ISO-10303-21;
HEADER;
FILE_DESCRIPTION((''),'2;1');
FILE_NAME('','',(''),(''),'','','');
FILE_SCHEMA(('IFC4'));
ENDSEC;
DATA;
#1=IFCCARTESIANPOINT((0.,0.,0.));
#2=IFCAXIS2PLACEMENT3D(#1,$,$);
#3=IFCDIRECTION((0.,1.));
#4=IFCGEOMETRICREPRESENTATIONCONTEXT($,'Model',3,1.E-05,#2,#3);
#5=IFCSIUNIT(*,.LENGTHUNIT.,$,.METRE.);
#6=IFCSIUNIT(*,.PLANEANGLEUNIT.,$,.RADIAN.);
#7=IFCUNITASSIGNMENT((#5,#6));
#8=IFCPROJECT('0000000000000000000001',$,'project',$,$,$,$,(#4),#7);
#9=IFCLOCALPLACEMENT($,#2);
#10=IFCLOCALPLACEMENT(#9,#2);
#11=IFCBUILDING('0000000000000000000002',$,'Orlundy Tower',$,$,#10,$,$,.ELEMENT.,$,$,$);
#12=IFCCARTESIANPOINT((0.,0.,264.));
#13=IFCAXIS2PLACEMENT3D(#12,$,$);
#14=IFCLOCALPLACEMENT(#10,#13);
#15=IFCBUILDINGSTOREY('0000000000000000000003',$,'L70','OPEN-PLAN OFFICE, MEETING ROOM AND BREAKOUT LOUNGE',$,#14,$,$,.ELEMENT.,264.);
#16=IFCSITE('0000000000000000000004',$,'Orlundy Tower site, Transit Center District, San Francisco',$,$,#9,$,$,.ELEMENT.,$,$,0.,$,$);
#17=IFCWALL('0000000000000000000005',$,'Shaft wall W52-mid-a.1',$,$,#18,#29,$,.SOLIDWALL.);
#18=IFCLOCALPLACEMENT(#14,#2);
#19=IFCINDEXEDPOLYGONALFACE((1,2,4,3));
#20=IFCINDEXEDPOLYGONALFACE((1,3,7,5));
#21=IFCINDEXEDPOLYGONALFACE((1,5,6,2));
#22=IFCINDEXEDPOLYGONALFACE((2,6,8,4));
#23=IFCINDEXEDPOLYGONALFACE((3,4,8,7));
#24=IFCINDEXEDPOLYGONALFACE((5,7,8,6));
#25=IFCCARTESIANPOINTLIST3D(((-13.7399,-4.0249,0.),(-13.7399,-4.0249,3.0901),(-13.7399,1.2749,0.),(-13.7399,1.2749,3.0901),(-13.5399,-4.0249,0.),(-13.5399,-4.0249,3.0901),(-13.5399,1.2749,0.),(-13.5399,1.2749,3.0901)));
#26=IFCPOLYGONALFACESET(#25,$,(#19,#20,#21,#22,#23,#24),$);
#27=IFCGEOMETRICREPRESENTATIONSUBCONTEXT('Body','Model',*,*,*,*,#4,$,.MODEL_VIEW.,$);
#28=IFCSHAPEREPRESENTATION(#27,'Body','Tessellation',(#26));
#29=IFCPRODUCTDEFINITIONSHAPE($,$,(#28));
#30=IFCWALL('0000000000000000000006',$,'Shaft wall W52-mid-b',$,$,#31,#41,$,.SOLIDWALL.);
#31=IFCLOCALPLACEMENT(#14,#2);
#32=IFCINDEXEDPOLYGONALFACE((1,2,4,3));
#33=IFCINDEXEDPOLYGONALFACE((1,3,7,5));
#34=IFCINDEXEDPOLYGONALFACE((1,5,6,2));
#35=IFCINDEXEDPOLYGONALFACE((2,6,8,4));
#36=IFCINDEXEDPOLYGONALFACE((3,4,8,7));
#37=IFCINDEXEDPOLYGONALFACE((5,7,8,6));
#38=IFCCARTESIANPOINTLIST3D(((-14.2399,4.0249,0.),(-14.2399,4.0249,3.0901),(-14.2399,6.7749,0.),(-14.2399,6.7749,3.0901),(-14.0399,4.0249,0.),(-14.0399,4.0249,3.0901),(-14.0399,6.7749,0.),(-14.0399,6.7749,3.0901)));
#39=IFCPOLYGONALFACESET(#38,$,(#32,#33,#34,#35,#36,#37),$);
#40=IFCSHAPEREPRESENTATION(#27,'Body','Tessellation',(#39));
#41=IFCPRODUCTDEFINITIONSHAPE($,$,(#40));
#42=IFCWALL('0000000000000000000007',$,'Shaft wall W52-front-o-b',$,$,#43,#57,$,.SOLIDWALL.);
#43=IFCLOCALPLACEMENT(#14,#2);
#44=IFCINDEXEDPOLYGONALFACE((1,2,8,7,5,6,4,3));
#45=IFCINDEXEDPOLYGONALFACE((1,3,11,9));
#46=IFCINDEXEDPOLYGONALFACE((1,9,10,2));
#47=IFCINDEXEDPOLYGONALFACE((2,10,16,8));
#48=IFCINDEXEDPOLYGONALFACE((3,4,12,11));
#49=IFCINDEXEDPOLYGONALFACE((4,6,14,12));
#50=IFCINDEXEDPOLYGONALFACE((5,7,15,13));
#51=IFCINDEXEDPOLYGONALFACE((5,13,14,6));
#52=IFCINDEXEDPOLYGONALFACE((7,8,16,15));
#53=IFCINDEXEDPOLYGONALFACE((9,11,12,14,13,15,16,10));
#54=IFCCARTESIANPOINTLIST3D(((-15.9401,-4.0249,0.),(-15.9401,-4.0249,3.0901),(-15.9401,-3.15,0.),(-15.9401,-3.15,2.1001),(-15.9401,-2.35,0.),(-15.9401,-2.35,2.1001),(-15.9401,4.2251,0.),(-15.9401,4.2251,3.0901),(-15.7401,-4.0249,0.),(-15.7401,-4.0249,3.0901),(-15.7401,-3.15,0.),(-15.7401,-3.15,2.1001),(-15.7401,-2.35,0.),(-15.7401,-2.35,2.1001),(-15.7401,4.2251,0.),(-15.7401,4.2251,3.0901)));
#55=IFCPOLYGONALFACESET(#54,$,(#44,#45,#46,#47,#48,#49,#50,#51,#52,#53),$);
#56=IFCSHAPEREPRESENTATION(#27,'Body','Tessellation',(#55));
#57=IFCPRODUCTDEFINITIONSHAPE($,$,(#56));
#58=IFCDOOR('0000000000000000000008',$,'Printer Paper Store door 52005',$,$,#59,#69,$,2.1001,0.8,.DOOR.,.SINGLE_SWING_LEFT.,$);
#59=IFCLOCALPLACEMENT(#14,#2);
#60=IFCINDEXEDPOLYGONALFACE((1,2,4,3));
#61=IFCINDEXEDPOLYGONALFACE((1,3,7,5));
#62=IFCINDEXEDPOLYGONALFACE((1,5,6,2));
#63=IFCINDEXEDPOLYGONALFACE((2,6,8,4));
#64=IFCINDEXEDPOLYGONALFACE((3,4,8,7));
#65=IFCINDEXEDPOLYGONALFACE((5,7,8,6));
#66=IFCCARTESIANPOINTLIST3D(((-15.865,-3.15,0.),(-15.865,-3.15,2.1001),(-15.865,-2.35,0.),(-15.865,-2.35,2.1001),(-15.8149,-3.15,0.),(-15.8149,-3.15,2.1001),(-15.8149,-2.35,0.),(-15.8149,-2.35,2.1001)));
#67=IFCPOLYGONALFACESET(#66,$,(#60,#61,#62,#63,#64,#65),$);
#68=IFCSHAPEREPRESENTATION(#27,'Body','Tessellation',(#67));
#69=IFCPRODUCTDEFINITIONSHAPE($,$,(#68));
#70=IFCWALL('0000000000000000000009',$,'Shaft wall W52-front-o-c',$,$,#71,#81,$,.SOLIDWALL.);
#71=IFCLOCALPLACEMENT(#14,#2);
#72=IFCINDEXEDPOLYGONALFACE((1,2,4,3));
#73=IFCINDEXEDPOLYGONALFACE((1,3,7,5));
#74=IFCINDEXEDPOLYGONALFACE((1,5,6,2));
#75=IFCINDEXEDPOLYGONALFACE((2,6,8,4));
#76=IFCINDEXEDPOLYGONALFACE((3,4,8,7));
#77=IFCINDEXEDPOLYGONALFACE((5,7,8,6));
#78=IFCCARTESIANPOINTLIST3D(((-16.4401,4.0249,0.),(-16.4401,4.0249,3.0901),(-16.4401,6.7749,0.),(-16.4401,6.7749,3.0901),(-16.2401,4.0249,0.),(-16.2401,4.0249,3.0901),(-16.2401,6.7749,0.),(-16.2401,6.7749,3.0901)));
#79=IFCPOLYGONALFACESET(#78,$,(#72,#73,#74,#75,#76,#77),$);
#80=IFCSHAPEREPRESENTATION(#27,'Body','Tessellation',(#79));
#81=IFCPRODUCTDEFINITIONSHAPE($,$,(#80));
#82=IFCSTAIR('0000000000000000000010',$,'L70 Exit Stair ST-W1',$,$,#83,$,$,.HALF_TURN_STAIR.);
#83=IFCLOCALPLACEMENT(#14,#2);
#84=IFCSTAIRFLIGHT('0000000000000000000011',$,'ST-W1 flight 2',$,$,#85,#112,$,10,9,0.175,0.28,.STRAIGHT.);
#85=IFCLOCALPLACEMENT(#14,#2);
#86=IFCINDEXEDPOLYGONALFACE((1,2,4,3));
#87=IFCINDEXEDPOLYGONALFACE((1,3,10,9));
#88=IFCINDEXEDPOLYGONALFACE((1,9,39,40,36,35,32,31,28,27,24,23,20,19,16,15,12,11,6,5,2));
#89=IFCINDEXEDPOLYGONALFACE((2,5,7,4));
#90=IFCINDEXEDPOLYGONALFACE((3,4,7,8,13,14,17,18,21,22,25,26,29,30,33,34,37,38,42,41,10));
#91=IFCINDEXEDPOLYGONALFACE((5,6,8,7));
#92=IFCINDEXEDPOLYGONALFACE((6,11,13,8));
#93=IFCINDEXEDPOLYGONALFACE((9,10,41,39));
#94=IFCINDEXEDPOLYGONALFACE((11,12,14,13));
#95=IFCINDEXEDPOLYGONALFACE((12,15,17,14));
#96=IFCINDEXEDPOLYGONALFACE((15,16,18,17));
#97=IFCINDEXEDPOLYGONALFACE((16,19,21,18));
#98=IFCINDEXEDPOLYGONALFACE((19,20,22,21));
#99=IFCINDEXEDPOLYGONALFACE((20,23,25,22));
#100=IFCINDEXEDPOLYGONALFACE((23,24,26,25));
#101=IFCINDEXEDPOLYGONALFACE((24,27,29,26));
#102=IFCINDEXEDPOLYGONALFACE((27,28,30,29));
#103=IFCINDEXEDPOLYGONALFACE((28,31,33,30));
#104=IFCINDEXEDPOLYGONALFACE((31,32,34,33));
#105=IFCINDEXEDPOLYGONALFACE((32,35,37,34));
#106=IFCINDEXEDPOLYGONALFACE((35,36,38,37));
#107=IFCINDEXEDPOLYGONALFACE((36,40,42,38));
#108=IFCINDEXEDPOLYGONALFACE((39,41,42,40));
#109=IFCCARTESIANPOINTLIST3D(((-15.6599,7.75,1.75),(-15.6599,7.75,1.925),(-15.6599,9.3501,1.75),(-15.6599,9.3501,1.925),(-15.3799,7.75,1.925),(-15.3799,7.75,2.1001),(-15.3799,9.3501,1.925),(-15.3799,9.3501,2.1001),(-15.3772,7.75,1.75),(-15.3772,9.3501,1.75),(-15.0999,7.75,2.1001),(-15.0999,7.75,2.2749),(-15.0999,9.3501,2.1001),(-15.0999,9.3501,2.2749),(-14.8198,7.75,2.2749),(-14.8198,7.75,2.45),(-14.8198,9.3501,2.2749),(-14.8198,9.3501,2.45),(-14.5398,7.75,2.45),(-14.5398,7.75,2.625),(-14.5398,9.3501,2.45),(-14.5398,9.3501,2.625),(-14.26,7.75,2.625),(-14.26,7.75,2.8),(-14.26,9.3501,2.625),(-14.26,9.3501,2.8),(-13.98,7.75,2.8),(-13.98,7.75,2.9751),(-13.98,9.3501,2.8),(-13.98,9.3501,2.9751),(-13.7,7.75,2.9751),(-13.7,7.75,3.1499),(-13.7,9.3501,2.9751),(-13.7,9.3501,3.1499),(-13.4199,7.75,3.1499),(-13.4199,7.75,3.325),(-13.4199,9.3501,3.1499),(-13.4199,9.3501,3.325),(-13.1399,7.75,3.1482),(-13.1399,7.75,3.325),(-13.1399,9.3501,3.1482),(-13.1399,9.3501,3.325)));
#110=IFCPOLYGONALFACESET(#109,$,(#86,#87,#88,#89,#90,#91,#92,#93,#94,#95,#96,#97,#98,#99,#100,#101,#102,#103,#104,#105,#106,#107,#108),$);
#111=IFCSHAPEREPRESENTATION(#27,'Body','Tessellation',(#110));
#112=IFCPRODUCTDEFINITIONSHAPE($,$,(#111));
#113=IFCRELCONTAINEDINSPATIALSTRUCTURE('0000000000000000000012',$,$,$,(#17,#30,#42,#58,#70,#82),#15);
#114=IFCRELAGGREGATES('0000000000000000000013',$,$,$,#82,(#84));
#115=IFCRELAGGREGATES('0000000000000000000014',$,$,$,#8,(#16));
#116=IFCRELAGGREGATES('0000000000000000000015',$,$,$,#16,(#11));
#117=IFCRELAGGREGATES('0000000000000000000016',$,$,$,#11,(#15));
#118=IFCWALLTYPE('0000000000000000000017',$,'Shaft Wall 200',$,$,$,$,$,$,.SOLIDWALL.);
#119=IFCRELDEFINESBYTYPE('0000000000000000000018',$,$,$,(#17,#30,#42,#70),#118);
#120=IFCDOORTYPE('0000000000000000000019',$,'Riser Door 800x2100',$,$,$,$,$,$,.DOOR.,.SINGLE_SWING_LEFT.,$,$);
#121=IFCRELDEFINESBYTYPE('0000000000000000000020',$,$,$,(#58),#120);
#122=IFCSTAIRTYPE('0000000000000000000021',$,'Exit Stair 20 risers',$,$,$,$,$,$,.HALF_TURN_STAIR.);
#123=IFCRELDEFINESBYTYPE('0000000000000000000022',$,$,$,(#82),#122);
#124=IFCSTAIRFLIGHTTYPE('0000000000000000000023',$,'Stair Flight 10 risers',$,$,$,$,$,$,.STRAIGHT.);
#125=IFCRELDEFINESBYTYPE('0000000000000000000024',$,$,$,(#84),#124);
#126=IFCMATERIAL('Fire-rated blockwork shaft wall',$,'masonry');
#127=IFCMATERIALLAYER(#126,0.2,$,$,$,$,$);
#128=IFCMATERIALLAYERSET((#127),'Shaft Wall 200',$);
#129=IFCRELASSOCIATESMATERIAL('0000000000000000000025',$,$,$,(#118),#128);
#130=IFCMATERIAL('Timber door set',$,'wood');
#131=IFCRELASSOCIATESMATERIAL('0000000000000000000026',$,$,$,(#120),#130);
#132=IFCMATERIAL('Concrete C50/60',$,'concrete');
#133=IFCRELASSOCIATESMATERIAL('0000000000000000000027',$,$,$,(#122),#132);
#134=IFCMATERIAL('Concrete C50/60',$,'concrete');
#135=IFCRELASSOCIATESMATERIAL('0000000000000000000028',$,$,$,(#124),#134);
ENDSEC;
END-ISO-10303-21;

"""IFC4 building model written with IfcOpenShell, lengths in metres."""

from ifc_helpers import new_model, si_unit, direction, frame, frame_2d, origin, place, context, subcontext, project, spatial, polyline, rectangle, outline, extrude, material, layer, layer_set, type_object, element, fill, aggregate, save


model = new_model("IFC4")

# Units and contexts
model_context = context("Model", 3, precision=1e-05, world=origin(), true_north=direction((0.0, 1.0)))
body_context = subcontext(model_context, "Body", "Model", "MODEL_VIEW")
ifc_project = project(units=[si_unit("LENGTHUNIT", "METRE"), si_unit("PLANEANGLEUNIT", "RADIAN")], contexts=[model_context])

# Site, building, storey
site_placement = place(None, origin())
site = spatial("IfcSite", under=ifc_project, at=site_placement, Name="Orlundy Tower site, Transit Center District, San Francisco", CompositionType="ELEMENT", RefElevation=0.0)
building_placement = place(site_placement, origin())
building = spatial("IfcBuilding", under=site, at=building_placement, Name="Orlundy Tower", CompositionType="ELEMENT")
storey_placement = place(building_placement, frame((0.0, 0.0, 264.0)))
storey = spatial("IfcBuildingStorey", under=building, at=storey_placement, Name="L70", Description="OPEN-PLAN OFFICE, MEETING ROOM AND BREAKOUT LOUNGE", CompositionType="ELEMENT", Elevation=264.0)

# Walls
ifc_material_1 = material(Name="Fire-rated blockwork shaft wall", Category="masonry")
ifc_layer_1 = layer(ifc_material_1, 0.2)
ifc_layer_set_1 = layer_set([ifc_layer_1], Name="Shaft Wall 200")
wall_type_1 = type_object("IfcWallType", Name="Shaft Wall 200", PredefinedType="SOLIDWALL", material=ifc_layer_set_1)
wall_1_placement = place(storey_placement, frame((-13.6399, -4.0249, 0.0), z_axis=(0.0, 0.0, 1.0), x_axis=(0.0, 1.0, 0.0)))
element("IfcWall", 1, at=wall_1_placement, inside=storey, type_object=wall_type_1, Name="Shaft wall W52-mid-a.1", PredefinedType="SOLIDWALL", context=body_context, shape_type="SweptSolid", body=[
    extrude(rectangle(XDim=5.2998, YDim=0.2, at=frame_2d((2.6499, 0.0))), origin(), (0.0, 0.0, 1.0), 3.0901),
])
wall_2_placement = place(storey_placement, frame((-14.1399, 4.0249, 0.0), z_axis=(0.0, 0.0, 1.0), x_axis=(0.0, 1.0, 0.0)))
element("IfcWall", 2, at=wall_2_placement, inside=storey, type_object=wall_type_1, Name="Shaft wall W52-mid-b", PredefinedType="SOLIDWALL", context=body_context, shape_type="SweptSolid", body=[
    extrude(rectangle(XDim=2.75, YDim=0.2, at=frame_2d((1.375, 0.0))), origin(), (0.0, 0.0, 1.0), 3.0901),
])

# Wall, opening, door
wall_3_placement = place(storey_placement, frame((-15.8401, -4.0249, 0.0), z_axis=(0.0, 0.0, 1.0), x_axis=(0.0, 1.0, 0.0)))
wall_3 = element("IfcWall", 3, at=wall_3_placement, inside=storey, type_object=wall_type_1, Name="Shaft wall W52-front-o-b", PredefinedType="SOLIDWALL", context=body_context, shape_type="SweptSolid", body=[
    extrude(rectangle(XDim=8.25, YDim=0.2, at=frame_2d((4.125, 0.0))), origin(), (0.0, 0.0, 1.0), 3.0901),
])
opening_placement = place(wall_3_placement, frame((0.875, 0.0, 0.0)))
opening = element("IfcOpeningElement", 4, at=opening_placement, cuts=wall_3, PredefinedType="OPENING", context=body_context, shape_type="SweptSolid", body=[
    extrude(rectangle(XDim=0.8, YDim=2.1001, at=frame_2d((0.3999, 1.05))), frame((0.0, 0.1101, 0.0), z_axis=(0.0, -1.0, 0.0), x_axis=(1.0, 0.0, 0.0)), (0.0, 0.0, 1.0), 0.2202),
])
ifc_material_2 = material(Name="Timber door set", Category="wood")
door_type = type_object("IfcDoorType", Name="Riser Door 800x2100", OperationType="SINGLE_SWING_LEFT", PredefinedType="DOOR", material=ifc_material_2)
door_placement = place(opening_placement, origin())
door = element("IfcDoor", 5, at=door_placement, inside=storey, type_object=door_type, Name="Printer Paper Store door 52005", OperationType="SINGLE_SWING_LEFT", OverallHeight=2.1001, OverallWidth=0.8, PredefinedType="DOOR", context=body_context, shape_type="SweptSolid", body=[
    extrude(rectangle(XDim=0.8, YDim=2.1001, at=frame_2d((0.3999, 1.05))), frame((0.0, 0.0249, 0.0), z_axis=(0.0, -1.0, 0.0), x_axis=(1.0, 0.0, 0.0)), (0.0, 0.0, 1.0), 0.05),
])
fill(opening, door)

# Wall
wall_4_placement = place(storey_placement, frame((-16.3401, 4.0249, 0.0), z_axis=(0.0, 0.0, 1.0), x_axis=(0.0, 1.0, 0.0)))
element("IfcWall", 6, at=wall_4_placement, inside=storey, type_object=wall_type_1, Name="Shaft wall W52-front-o-c", PredefinedType="SOLIDWALL", context=body_context, shape_type="SweptSolid", body=[
    extrude(rectangle(XDim=2.75, YDim=0.2, at=frame_2d((1.375, 0.0))), origin(), (0.0, 0.0, 1.0), 3.0901),
])

# Stair, stair flight
ifc_material_3 = material(Name="Concrete C50/60", Category="concrete")
stair_type = type_object("IfcStairType", Name="Exit Stair 20 risers", PredefinedType="HALF_TURN_STAIR", material=ifc_material_3)
stair_placement = place(storey_placement, origin())
stair = element("IfcStair", 7, at=stair_placement, inside=storey, type_object=stair_type, Name="L70 Exit Stair ST-W1", PredefinedType="HALF_TURN_STAIR")
ifc_material_4 = material(Name="Concrete C50/60", Category="concrete")
stair_flight_type = type_object("IfcStairFlightType", Name="Stair Flight 10 risers", PredefinedType="STRAIGHT", material=ifc_material_4)
stair_flight_placement = place(storey_placement, frame((-15.6599, 8.55, 1.75), z_axis=(0.0, 0.0, 1.0), x_axis=(1.0, 0.0, 0.0)))
stair_flight = element("IfcStairFlight", 8, at=stair_flight_placement, type_object=stair_flight_type, Name="ST-W1 flight 2", NumberOfRisers=10, NumberOfTreads=9, PredefinedType="STRAIGHT", RiserHeight=0.175, TreadLength=0.28, context=body_context, shape_type="SweptSolid", body=[
    extrude(outline(polyline([(0.0, 0.0), (0.0, 0.175), (0.28, 0.175), (0.28, 0.3501), (0.5601, 0.3501), (0.5601, 0.5249), (0.8401, 0.5249), (0.8401, 0.7), (1.1201, 0.7), (1.1201, 0.875), (1.3999, 0.875), (1.3999, 1.05), (1.6799, 1.05), (1.6799, 1.2251), (1.96, 1.2251), (1.96, 1.3999), (2.24, 1.3999), (2.24, 1.575), (2.52, 1.575), (2.52, 1.75), (2.52, 1.3982), (0.2827, 0.0), (0.0, 0.0)])), frame((0.0, 0.8, 0.0), z_axis=(0.0, -1.0, 0.0), x_axis=(1.0, 0.0, 0.0)), (0.0, 0.0, 1.0), 1.6001),
])
aggregate(stair, [stair_flight])

save(model, "model.ifc")
